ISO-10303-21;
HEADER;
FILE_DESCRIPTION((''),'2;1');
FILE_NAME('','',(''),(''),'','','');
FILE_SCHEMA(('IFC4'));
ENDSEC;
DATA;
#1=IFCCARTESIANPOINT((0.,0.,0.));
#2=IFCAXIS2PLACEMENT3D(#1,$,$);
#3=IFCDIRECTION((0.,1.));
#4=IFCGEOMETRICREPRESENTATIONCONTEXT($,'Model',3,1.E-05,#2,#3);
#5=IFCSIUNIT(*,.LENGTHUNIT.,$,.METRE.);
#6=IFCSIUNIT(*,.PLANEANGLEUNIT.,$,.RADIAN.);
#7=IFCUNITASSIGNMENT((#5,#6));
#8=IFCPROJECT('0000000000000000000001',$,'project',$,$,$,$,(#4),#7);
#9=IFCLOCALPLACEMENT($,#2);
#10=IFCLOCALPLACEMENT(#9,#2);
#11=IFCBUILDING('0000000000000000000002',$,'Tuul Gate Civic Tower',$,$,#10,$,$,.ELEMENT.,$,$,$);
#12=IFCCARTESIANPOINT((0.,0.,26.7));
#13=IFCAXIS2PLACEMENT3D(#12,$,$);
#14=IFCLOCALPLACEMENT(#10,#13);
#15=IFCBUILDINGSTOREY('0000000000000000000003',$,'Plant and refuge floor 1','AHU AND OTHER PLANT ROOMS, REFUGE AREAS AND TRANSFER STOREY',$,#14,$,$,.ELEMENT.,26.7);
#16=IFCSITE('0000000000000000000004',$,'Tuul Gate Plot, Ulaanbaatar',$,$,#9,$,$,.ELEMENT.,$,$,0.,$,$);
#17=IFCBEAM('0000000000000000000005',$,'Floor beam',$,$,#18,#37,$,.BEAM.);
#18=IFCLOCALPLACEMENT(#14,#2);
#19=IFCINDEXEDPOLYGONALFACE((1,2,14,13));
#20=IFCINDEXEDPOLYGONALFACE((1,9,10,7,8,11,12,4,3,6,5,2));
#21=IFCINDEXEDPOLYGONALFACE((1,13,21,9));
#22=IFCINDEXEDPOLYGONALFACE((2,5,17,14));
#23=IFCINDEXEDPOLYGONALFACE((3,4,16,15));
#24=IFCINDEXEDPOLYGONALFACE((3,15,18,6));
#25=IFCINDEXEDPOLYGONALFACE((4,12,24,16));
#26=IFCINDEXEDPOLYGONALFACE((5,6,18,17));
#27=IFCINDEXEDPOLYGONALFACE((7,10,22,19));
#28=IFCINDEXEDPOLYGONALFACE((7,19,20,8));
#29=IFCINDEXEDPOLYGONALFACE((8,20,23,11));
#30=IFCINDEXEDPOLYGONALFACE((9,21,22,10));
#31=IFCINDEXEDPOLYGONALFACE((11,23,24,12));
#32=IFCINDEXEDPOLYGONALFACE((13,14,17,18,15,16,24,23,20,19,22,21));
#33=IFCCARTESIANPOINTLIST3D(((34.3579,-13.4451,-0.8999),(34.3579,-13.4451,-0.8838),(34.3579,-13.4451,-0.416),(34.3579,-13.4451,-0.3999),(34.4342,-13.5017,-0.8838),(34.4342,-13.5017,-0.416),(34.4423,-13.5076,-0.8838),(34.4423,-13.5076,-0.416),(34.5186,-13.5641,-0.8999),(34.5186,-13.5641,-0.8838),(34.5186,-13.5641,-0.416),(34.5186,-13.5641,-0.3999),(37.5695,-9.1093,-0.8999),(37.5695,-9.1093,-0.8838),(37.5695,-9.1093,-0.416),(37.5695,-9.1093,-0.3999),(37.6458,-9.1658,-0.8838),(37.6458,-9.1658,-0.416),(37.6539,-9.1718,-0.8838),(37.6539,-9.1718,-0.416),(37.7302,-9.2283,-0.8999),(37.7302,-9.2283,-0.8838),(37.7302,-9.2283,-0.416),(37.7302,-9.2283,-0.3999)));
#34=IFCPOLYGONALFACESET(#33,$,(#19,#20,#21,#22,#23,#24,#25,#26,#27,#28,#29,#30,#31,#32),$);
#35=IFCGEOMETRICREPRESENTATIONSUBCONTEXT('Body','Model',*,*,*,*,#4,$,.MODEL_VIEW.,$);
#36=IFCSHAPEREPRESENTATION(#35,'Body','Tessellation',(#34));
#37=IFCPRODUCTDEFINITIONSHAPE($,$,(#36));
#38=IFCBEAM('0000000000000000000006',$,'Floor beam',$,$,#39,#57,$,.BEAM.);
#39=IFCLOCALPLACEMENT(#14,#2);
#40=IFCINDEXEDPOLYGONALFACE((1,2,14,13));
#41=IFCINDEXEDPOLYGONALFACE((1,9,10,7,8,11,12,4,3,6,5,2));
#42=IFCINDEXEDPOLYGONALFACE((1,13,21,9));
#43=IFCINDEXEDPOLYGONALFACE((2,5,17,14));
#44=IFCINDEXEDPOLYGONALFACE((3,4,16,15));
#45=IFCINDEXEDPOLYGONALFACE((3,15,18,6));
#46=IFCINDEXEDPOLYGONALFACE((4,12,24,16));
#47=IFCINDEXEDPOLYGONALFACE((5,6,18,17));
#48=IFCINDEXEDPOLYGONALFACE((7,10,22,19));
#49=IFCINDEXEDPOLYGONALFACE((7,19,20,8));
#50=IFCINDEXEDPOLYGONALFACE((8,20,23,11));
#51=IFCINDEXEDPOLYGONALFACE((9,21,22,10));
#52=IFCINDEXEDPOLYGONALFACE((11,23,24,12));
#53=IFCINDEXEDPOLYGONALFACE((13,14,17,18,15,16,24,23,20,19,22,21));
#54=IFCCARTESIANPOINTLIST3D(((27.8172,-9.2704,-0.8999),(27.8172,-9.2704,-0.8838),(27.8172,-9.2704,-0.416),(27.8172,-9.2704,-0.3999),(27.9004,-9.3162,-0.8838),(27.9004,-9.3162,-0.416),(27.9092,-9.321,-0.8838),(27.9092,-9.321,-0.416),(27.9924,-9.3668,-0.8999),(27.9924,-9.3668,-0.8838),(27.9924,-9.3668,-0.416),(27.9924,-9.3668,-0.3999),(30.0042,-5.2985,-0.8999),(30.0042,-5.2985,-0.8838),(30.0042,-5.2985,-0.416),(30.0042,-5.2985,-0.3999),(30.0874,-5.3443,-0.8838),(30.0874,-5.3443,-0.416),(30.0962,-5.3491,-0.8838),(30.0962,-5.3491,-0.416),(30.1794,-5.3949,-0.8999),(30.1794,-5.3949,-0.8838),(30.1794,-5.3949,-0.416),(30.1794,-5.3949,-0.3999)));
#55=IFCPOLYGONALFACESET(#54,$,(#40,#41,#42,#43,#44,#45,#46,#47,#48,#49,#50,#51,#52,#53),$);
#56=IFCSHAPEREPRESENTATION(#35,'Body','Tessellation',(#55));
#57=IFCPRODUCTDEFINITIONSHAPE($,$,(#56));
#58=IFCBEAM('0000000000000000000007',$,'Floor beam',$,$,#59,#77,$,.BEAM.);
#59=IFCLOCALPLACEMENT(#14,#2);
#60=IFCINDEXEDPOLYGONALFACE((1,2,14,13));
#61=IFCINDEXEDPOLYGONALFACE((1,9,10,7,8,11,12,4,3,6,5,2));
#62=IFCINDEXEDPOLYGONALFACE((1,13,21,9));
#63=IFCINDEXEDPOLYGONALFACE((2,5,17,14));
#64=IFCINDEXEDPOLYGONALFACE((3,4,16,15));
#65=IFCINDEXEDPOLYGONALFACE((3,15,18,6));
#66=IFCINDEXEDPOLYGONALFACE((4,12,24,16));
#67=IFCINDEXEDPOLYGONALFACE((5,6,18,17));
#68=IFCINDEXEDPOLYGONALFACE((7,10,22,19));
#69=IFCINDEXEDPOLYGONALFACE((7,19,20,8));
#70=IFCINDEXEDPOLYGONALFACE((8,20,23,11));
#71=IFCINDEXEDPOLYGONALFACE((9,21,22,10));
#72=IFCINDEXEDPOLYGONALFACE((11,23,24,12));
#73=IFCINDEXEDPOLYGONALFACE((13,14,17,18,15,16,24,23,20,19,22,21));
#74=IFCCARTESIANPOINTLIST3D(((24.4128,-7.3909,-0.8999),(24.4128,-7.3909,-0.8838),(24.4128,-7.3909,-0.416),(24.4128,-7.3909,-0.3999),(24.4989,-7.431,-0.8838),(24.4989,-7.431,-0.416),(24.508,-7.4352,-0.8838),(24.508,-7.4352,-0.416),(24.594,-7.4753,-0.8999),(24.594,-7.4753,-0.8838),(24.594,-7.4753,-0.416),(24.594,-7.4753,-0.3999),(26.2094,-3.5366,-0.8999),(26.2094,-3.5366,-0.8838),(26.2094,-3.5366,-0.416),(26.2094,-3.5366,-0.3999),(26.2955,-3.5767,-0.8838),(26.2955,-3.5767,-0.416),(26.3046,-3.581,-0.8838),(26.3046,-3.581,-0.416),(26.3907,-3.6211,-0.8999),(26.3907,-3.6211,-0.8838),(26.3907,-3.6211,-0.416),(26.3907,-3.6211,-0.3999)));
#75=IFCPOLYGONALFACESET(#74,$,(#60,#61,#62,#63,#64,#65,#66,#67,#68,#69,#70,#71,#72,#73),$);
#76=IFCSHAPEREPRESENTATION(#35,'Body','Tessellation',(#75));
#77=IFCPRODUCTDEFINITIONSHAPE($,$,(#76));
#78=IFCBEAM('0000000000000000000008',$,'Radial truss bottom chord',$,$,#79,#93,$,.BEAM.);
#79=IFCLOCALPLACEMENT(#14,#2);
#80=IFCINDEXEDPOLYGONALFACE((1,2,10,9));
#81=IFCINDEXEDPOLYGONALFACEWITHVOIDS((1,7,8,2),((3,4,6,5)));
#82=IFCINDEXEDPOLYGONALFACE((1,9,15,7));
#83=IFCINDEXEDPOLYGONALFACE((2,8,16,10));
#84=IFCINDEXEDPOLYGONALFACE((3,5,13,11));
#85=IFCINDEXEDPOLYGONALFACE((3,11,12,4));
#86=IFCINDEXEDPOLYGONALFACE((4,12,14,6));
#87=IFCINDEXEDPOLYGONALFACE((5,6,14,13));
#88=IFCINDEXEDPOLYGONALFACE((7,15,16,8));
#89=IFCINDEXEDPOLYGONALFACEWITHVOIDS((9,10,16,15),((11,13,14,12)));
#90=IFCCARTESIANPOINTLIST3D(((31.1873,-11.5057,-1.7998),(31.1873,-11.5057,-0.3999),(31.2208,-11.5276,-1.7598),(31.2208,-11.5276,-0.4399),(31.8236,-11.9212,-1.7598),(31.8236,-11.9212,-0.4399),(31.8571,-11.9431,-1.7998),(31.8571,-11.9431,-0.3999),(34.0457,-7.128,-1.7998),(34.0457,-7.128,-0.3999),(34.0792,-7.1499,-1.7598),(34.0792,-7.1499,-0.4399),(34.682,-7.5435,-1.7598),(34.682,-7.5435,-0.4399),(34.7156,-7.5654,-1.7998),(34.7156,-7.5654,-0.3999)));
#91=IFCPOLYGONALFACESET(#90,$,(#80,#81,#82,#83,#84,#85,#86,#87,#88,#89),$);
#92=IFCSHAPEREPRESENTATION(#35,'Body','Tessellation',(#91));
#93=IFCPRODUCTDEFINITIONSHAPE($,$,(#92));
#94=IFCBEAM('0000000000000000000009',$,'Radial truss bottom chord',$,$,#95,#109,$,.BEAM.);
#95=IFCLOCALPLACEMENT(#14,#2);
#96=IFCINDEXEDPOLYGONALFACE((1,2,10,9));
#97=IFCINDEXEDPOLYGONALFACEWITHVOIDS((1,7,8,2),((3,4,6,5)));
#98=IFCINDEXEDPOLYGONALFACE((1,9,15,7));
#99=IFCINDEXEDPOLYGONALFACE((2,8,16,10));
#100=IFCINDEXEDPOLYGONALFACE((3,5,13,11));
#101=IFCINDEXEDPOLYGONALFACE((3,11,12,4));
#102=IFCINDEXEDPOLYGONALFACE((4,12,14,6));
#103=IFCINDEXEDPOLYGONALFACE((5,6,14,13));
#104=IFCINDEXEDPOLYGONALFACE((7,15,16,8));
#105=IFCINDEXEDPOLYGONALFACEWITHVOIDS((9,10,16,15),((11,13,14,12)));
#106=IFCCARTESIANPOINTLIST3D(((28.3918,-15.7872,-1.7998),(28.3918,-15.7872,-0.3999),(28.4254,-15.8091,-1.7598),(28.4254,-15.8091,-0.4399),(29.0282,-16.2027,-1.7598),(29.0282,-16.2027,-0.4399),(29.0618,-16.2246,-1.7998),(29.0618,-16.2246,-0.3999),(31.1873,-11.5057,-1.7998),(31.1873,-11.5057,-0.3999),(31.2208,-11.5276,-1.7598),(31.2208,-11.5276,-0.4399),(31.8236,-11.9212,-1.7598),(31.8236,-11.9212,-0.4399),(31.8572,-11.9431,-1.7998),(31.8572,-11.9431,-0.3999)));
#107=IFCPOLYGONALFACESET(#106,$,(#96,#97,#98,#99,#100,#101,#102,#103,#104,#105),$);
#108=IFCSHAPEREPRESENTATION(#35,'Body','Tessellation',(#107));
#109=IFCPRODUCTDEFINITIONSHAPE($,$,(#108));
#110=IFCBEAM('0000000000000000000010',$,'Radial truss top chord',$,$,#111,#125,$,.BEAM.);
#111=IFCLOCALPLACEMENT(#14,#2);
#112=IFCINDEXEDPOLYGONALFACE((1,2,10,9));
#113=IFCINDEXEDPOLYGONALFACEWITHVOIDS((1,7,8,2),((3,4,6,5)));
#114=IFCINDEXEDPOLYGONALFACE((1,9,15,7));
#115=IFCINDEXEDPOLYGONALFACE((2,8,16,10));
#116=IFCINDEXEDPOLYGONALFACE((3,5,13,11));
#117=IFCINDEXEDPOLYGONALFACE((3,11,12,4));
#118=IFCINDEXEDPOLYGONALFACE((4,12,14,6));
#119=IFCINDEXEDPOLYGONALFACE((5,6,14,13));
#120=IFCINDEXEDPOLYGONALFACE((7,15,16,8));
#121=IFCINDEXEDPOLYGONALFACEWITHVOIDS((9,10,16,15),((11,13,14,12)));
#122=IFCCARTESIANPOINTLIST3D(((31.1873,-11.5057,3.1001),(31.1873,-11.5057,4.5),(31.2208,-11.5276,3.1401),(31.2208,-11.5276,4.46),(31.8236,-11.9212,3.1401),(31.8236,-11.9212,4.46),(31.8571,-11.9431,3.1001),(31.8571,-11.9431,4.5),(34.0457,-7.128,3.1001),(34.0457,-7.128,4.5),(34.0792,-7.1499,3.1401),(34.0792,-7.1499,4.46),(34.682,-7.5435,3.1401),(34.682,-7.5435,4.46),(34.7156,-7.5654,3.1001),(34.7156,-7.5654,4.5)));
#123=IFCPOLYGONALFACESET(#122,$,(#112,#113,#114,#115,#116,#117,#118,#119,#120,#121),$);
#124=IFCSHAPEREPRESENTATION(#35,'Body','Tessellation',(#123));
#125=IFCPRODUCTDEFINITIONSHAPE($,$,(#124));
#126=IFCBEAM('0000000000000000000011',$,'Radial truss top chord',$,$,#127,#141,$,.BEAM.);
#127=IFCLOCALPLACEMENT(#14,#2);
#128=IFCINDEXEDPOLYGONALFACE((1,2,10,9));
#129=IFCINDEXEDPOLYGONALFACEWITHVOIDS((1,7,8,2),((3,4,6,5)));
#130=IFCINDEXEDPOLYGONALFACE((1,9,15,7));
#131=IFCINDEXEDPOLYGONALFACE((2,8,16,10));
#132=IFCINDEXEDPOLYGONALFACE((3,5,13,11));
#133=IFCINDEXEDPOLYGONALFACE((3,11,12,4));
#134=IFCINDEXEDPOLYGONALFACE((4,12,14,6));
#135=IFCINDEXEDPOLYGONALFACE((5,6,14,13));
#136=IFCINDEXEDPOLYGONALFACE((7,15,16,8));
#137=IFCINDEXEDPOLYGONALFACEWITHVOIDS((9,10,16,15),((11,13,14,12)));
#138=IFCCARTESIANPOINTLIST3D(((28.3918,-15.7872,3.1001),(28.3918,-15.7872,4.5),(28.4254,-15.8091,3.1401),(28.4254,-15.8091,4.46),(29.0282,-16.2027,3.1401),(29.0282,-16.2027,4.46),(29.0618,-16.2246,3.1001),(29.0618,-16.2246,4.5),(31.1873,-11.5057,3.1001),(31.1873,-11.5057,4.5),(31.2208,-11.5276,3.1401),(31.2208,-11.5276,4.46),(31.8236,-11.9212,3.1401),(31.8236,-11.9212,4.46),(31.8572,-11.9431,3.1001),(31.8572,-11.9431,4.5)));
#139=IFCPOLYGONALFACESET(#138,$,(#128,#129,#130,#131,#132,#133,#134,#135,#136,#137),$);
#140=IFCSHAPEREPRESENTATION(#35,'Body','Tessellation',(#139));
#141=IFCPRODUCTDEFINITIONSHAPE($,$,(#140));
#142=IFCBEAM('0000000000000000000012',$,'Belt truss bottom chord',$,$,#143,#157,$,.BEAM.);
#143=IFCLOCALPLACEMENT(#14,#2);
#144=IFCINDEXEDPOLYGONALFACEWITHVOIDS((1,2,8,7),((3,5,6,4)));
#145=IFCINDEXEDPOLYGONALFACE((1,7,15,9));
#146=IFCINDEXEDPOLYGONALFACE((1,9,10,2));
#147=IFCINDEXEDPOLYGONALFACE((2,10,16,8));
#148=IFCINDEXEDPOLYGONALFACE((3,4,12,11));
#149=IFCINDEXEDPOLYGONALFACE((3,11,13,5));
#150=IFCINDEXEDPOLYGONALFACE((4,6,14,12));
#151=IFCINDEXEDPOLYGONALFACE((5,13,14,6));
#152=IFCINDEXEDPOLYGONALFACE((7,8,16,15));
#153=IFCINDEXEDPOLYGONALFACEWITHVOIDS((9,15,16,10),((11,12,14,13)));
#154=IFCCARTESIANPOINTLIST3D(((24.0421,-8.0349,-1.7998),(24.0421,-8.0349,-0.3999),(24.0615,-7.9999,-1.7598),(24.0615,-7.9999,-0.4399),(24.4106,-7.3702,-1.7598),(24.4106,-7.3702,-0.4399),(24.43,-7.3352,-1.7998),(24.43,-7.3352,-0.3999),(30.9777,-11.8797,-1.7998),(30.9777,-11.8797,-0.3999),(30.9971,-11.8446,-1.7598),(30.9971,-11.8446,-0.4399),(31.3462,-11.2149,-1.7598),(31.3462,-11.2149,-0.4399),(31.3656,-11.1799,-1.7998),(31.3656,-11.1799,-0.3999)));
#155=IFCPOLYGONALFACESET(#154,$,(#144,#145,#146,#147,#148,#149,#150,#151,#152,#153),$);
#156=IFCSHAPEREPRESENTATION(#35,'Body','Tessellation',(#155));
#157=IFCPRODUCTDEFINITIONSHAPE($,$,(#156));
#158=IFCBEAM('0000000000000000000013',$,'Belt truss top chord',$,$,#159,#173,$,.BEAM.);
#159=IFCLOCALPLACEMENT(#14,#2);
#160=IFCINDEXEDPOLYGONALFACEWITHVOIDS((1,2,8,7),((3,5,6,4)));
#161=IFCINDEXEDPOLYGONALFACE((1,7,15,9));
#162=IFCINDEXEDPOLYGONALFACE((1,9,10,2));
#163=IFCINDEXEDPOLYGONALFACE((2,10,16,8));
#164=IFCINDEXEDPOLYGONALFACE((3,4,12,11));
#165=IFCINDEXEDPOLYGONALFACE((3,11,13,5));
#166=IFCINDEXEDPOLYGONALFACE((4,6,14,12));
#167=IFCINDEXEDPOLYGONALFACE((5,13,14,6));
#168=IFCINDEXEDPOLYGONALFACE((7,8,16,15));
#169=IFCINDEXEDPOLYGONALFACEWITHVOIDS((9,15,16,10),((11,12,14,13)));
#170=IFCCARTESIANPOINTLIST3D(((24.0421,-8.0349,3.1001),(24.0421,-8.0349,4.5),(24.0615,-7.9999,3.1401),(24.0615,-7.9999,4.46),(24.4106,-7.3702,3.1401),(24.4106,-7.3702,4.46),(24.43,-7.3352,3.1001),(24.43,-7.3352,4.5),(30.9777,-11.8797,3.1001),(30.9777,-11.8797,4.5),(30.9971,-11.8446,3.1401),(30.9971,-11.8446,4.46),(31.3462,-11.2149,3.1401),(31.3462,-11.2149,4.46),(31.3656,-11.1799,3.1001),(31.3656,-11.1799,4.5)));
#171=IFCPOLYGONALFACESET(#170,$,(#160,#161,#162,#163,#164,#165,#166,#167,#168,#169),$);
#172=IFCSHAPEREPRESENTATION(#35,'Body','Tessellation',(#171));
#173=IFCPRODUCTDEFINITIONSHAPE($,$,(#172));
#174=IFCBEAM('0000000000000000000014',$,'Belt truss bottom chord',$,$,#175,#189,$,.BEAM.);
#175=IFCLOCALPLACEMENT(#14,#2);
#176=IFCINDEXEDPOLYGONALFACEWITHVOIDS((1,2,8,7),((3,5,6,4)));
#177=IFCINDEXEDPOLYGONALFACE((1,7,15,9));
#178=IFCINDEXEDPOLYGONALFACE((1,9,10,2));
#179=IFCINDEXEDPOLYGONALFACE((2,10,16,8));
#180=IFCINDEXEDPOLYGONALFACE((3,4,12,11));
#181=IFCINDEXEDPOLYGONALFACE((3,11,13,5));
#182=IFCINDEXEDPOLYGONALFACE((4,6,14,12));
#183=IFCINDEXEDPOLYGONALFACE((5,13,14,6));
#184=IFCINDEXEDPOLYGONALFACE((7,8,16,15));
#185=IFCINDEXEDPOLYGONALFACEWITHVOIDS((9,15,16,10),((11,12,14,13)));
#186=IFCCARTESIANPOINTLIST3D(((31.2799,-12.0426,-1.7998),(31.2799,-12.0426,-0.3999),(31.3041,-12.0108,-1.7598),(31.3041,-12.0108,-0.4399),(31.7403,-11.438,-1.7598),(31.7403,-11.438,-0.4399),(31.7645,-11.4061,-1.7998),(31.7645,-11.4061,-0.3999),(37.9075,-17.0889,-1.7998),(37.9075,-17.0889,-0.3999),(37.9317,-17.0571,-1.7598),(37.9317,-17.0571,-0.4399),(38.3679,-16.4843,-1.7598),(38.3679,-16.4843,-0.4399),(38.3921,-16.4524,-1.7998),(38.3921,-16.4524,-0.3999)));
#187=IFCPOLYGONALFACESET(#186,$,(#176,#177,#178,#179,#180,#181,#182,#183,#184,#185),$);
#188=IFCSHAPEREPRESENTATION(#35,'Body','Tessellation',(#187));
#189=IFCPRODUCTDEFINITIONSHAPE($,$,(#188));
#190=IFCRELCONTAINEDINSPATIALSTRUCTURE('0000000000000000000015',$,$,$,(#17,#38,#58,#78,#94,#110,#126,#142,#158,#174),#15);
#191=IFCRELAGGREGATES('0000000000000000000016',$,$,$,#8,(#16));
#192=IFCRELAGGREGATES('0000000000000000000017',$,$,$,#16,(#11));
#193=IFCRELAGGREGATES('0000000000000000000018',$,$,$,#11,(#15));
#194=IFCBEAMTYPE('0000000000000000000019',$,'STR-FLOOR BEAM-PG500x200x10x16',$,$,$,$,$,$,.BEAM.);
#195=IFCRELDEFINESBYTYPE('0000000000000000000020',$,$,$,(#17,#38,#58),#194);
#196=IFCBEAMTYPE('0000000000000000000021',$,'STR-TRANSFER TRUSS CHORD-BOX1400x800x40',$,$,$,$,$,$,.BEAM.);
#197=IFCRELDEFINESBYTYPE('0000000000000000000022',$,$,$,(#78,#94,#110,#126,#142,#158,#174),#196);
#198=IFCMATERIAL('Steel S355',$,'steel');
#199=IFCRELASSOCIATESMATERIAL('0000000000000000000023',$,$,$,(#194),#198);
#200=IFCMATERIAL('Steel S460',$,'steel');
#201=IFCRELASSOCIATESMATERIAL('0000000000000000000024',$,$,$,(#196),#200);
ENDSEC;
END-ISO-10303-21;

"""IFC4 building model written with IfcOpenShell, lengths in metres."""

from ifc_helpers import new_model, si_unit, direction, frame, origin, origin_2d, place, context, subcontext, project, spatial, hollow_rectangle, i_section, extrude, material, material_profile, profile_set, type_object, element, save


model = new_model("IFC4")

# Units and contexts
model_context = context("Model", 3, precision=1e-05, world=origin(), true_north=direction((0.0, 1.0)))
body_context = subcontext(model_context, "Body", "Model", "MODEL_VIEW")
ifc_project = project(units=[si_unit("LENGTHUNIT", "METRE"), si_unit("PLANEANGLEUNIT", "RADIAN")], contexts=[model_context])

# Site, building, storey
site_placement = place(None, origin())
site = spatial("IfcSite", under=ifc_project, at=site_placement, Name="Tuul Gate Plot, Ulaanbaatar", CompositionType="ELEMENT", RefElevation=0.0)
building_placement = place(site_placement, origin())
building = spatial("IfcBuilding", under=site, at=building_placement, Name="Tuul Gate Civic Tower", CompositionType="ELEMENT")
storey_placement = place(building_placement, frame((0.0, 0.0, 26.7)))
storey = spatial("IfcBuildingStorey", under=building, at=storey_placement, Name="Plant and refuge floor 1", Description="AHU AND OTHER PLANT ROOMS, REFUGE AREAS AND TRANSFER STOREY", CompositionType="ELEMENT", Elevation=26.7)

# Beams
ifc_material_1 = material(Name="Steel S355", Category="steel")
ifc_material_profile_1 = material_profile(ifc_material_1, i_section(OverallWidth=0.2, OverallDepth=0.5, WebThickness=0.01, FlangeThickness=0.0161, at=origin_2d()), Name="PG500x200x10x16")
ifc_profile_set_1 = profile_set([ifc_material_profile_1], Name="Steel S355")
beam_type_1 = type_object("IfcBeamType", Name="STR-FLOOR BEAM-PG500x200x10x16", PredefinedType="BEAM", material=ifc_profile_set_1)
beam_1_placement = place(storey_placement, frame((34.4382, -13.5046, -0.6499), z_axis=(0.595211, 0.803569, 0.0), x_axis=(-0.803569, 0.595211, 0.0)))
element("IfcBeam", 1, at=beam_1_placement, inside=storey, type_object=beam_type_1, Name="Floor beam", PredefinedType="BEAM", context=body_context, shape_type="SweptSolid", body=[
    extrude(i_section(OverallWidth=0.2, OverallDepth=0.5, WebThickness=0.01, FlangeThickness=0.0161, at=origin_2d()), origin(), (0.0, 0.0, 1.0), 5.3958),
])
beam_2_placement = place(storey_placement, frame((27.9048, -9.3186, -0.6499), z_axis=(0.482334, 0.875987, 0.0), x_axis=(-0.875987, 0.482334, 0.0)))
element("IfcBeam", 2, at=beam_2_placement, inside=storey, type_object=beam_type_1, Name="Floor beam", PredefinedType="BEAM", context=body_context, shape_type="SweptSolid", body=[
    extrude(i_section(OverallWidth=0.2, OverallDepth=0.5, WebThickness=0.01, FlangeThickness=0.0161, at=origin_2d()), origin(), (0.0, 0.0, 1.0), 4.5342),
])
beam_3_placement = place(storey_placement, frame((24.5034, -7.4331, -0.6499), z_axis=(0.422496, 0.906365, 0.0), x_axis=(-0.906365, 0.422496, 0.0)))
element("IfcBeam", 3, at=beam_3_placement, inside=storey, type_object=beam_type_1, Name="Floor beam", PredefinedType="BEAM", context=body_context, shape_type="SweptSolid", body=[
    extrude(i_section(OverallWidth=0.2, OverallDepth=0.5, WebThickness=0.01, FlangeThickness=0.0161, at=origin_2d()), origin(), (0.0, 0.0, 1.0), 4.2524),
])
ifc_material_2 = material(Name="Steel S460", Category="steel")
ifc_material_profile_2 = material_profile(ifc_material_2, hollow_rectangle(XDim=0.8, YDim=1.3999, WallThickness=0.04, at=origin_2d()), Name="BOX1400x800x40")
ifc_profile_set_2 = profile_set([ifc_material_profile_2], Name="Steel S460")
beam_type_2 = type_object("IfcBeamType", Name="STR-TRANSFER TRUSS CHORD-BOX1400x800x40", PredefinedType="BEAM", material=ifc_profile_set_2)
beam_4_placement = place(storey_placement, frame((34.3806, -7.3467, -1.0999), z_axis=(-0.546722, -0.837314, 0.0), x_axis=(0.837314, -0.546722, 0.0)))
element("IfcBeam", 4, at=beam_4_placement, inside=storey, type_object=beam_type_2, Name="Radial truss bottom chord", PredefinedType="BEAM", context=body_context, shape_type="SweptSolid", body=[
    extrude(hollow_rectangle(XDim=0.8, YDim=1.3999, WallThickness=0.04, at=origin_2d()), origin(), (0.0, 0.0, 1.0), 5.2283),
])
beam_5_placement = place(storey_placement, frame((31.5222, -11.7244, -1.0999), z_axis=(-0.546697, -0.83733, 0.0), x_axis=(0.83733, -0.546697, 0.0)))
element("IfcBeam", 5, at=beam_5_placement, inside=storey, type_object=beam_type_2, Name="Radial truss bottom chord", PredefinedType="BEAM", context=body_context, shape_type="SweptSolid", body=[
    extrude(hollow_rectangle(XDim=0.8, YDim=1.3999, WallThickness=0.04, at=origin_2d()), origin(), (0.0, 0.0, 1.0), 5.1133),
])
beam_6_placement = place(storey_placement, frame((34.3806, -7.3467, 3.8), z_axis=(-0.546722, -0.837314, 0.0), x_axis=(0.837314, -0.546722, 0.0)))
element("IfcBeam", 6, at=beam_6_placement, inside=storey, type_object=beam_type_2, Name="Radial truss top chord", PredefinedType="BEAM", context=body_context, shape_type="SweptSolid", body=[
    extrude(hollow_rectangle(XDim=0.8, YDim=1.3999, WallThickness=0.04, at=origin_2d()), origin(), (0.0, 0.0, 1.0), 5.2283),
])
beam_7_placement = place(storey_placement, frame((31.5222, -11.7244, 3.8), z_axis=(-0.546697, -0.83733, 0.0), x_axis=(0.83733, -0.546697, 0.0)))
element("IfcBeam", 7, at=beam_7_placement, inside=storey, type_object=beam_type_2, Name="Radial truss top chord", PredefinedType="BEAM", context=body_context, shape_type="SweptSolid", body=[
    extrude(hollow_rectangle(XDim=0.8, YDim=1.3999, WallThickness=0.04, at=origin_2d()), origin(), (0.0, 0.0, 1.0), 5.1133),
])
for number, where, z_axis, x_axis, name in (
    (8, (24.2361, -7.6851, -1.0999), (0.874604, -0.484838, 0.0), (0.484838, 0.874604, 0.0), "Belt truss bottom chord"),
    (9, (24.2361, -7.6851, 3.8), (0.874604, -0.484838, 0.0), (0.484838, 0.874604, 0.0), "Belt truss top chord"),
):
    element("IfcBeam", number, at=place(storey_placement, frame(where, z_axis=z_axis, x_axis=x_axis)), inside=storey, type_object=beam_type_2, Name=name, PredefinedType="BEAM", context=body_context, shape_type="SweptSolid", body=[
        extrude(hollow_rectangle(XDim=0.8, YDim=1.3999, WallThickness=0.04, at=origin_2d()), origin(), (0.0, 0.0, 1.0), 7.9299),
    ])
for number, where, z_axis, x_axis, name in (
    (10, (31.5222, -11.7244, -1.0999), (0.795621, -0.605794, 0.0), (0.605794, 0.795621, 0.0), "Belt truss bottom chord"),
):
    element("IfcBeam", number, at=place(storey_placement, frame(where, z_axis=z_axis, x_axis=x_axis)), inside=storey, type_object=beam_type_2, Name=name, PredefinedType="BEAM", context=body_context, shape_type="SweptSolid", body=[
        extrude(hollow_rectangle(XDim=0.8, YDim=1.3999, WallThickness=0.04, at=origin_2d()), origin(), (0.0, 0.0, 1.0), 8.3301),
    ])

save(model, "model.ifc")
